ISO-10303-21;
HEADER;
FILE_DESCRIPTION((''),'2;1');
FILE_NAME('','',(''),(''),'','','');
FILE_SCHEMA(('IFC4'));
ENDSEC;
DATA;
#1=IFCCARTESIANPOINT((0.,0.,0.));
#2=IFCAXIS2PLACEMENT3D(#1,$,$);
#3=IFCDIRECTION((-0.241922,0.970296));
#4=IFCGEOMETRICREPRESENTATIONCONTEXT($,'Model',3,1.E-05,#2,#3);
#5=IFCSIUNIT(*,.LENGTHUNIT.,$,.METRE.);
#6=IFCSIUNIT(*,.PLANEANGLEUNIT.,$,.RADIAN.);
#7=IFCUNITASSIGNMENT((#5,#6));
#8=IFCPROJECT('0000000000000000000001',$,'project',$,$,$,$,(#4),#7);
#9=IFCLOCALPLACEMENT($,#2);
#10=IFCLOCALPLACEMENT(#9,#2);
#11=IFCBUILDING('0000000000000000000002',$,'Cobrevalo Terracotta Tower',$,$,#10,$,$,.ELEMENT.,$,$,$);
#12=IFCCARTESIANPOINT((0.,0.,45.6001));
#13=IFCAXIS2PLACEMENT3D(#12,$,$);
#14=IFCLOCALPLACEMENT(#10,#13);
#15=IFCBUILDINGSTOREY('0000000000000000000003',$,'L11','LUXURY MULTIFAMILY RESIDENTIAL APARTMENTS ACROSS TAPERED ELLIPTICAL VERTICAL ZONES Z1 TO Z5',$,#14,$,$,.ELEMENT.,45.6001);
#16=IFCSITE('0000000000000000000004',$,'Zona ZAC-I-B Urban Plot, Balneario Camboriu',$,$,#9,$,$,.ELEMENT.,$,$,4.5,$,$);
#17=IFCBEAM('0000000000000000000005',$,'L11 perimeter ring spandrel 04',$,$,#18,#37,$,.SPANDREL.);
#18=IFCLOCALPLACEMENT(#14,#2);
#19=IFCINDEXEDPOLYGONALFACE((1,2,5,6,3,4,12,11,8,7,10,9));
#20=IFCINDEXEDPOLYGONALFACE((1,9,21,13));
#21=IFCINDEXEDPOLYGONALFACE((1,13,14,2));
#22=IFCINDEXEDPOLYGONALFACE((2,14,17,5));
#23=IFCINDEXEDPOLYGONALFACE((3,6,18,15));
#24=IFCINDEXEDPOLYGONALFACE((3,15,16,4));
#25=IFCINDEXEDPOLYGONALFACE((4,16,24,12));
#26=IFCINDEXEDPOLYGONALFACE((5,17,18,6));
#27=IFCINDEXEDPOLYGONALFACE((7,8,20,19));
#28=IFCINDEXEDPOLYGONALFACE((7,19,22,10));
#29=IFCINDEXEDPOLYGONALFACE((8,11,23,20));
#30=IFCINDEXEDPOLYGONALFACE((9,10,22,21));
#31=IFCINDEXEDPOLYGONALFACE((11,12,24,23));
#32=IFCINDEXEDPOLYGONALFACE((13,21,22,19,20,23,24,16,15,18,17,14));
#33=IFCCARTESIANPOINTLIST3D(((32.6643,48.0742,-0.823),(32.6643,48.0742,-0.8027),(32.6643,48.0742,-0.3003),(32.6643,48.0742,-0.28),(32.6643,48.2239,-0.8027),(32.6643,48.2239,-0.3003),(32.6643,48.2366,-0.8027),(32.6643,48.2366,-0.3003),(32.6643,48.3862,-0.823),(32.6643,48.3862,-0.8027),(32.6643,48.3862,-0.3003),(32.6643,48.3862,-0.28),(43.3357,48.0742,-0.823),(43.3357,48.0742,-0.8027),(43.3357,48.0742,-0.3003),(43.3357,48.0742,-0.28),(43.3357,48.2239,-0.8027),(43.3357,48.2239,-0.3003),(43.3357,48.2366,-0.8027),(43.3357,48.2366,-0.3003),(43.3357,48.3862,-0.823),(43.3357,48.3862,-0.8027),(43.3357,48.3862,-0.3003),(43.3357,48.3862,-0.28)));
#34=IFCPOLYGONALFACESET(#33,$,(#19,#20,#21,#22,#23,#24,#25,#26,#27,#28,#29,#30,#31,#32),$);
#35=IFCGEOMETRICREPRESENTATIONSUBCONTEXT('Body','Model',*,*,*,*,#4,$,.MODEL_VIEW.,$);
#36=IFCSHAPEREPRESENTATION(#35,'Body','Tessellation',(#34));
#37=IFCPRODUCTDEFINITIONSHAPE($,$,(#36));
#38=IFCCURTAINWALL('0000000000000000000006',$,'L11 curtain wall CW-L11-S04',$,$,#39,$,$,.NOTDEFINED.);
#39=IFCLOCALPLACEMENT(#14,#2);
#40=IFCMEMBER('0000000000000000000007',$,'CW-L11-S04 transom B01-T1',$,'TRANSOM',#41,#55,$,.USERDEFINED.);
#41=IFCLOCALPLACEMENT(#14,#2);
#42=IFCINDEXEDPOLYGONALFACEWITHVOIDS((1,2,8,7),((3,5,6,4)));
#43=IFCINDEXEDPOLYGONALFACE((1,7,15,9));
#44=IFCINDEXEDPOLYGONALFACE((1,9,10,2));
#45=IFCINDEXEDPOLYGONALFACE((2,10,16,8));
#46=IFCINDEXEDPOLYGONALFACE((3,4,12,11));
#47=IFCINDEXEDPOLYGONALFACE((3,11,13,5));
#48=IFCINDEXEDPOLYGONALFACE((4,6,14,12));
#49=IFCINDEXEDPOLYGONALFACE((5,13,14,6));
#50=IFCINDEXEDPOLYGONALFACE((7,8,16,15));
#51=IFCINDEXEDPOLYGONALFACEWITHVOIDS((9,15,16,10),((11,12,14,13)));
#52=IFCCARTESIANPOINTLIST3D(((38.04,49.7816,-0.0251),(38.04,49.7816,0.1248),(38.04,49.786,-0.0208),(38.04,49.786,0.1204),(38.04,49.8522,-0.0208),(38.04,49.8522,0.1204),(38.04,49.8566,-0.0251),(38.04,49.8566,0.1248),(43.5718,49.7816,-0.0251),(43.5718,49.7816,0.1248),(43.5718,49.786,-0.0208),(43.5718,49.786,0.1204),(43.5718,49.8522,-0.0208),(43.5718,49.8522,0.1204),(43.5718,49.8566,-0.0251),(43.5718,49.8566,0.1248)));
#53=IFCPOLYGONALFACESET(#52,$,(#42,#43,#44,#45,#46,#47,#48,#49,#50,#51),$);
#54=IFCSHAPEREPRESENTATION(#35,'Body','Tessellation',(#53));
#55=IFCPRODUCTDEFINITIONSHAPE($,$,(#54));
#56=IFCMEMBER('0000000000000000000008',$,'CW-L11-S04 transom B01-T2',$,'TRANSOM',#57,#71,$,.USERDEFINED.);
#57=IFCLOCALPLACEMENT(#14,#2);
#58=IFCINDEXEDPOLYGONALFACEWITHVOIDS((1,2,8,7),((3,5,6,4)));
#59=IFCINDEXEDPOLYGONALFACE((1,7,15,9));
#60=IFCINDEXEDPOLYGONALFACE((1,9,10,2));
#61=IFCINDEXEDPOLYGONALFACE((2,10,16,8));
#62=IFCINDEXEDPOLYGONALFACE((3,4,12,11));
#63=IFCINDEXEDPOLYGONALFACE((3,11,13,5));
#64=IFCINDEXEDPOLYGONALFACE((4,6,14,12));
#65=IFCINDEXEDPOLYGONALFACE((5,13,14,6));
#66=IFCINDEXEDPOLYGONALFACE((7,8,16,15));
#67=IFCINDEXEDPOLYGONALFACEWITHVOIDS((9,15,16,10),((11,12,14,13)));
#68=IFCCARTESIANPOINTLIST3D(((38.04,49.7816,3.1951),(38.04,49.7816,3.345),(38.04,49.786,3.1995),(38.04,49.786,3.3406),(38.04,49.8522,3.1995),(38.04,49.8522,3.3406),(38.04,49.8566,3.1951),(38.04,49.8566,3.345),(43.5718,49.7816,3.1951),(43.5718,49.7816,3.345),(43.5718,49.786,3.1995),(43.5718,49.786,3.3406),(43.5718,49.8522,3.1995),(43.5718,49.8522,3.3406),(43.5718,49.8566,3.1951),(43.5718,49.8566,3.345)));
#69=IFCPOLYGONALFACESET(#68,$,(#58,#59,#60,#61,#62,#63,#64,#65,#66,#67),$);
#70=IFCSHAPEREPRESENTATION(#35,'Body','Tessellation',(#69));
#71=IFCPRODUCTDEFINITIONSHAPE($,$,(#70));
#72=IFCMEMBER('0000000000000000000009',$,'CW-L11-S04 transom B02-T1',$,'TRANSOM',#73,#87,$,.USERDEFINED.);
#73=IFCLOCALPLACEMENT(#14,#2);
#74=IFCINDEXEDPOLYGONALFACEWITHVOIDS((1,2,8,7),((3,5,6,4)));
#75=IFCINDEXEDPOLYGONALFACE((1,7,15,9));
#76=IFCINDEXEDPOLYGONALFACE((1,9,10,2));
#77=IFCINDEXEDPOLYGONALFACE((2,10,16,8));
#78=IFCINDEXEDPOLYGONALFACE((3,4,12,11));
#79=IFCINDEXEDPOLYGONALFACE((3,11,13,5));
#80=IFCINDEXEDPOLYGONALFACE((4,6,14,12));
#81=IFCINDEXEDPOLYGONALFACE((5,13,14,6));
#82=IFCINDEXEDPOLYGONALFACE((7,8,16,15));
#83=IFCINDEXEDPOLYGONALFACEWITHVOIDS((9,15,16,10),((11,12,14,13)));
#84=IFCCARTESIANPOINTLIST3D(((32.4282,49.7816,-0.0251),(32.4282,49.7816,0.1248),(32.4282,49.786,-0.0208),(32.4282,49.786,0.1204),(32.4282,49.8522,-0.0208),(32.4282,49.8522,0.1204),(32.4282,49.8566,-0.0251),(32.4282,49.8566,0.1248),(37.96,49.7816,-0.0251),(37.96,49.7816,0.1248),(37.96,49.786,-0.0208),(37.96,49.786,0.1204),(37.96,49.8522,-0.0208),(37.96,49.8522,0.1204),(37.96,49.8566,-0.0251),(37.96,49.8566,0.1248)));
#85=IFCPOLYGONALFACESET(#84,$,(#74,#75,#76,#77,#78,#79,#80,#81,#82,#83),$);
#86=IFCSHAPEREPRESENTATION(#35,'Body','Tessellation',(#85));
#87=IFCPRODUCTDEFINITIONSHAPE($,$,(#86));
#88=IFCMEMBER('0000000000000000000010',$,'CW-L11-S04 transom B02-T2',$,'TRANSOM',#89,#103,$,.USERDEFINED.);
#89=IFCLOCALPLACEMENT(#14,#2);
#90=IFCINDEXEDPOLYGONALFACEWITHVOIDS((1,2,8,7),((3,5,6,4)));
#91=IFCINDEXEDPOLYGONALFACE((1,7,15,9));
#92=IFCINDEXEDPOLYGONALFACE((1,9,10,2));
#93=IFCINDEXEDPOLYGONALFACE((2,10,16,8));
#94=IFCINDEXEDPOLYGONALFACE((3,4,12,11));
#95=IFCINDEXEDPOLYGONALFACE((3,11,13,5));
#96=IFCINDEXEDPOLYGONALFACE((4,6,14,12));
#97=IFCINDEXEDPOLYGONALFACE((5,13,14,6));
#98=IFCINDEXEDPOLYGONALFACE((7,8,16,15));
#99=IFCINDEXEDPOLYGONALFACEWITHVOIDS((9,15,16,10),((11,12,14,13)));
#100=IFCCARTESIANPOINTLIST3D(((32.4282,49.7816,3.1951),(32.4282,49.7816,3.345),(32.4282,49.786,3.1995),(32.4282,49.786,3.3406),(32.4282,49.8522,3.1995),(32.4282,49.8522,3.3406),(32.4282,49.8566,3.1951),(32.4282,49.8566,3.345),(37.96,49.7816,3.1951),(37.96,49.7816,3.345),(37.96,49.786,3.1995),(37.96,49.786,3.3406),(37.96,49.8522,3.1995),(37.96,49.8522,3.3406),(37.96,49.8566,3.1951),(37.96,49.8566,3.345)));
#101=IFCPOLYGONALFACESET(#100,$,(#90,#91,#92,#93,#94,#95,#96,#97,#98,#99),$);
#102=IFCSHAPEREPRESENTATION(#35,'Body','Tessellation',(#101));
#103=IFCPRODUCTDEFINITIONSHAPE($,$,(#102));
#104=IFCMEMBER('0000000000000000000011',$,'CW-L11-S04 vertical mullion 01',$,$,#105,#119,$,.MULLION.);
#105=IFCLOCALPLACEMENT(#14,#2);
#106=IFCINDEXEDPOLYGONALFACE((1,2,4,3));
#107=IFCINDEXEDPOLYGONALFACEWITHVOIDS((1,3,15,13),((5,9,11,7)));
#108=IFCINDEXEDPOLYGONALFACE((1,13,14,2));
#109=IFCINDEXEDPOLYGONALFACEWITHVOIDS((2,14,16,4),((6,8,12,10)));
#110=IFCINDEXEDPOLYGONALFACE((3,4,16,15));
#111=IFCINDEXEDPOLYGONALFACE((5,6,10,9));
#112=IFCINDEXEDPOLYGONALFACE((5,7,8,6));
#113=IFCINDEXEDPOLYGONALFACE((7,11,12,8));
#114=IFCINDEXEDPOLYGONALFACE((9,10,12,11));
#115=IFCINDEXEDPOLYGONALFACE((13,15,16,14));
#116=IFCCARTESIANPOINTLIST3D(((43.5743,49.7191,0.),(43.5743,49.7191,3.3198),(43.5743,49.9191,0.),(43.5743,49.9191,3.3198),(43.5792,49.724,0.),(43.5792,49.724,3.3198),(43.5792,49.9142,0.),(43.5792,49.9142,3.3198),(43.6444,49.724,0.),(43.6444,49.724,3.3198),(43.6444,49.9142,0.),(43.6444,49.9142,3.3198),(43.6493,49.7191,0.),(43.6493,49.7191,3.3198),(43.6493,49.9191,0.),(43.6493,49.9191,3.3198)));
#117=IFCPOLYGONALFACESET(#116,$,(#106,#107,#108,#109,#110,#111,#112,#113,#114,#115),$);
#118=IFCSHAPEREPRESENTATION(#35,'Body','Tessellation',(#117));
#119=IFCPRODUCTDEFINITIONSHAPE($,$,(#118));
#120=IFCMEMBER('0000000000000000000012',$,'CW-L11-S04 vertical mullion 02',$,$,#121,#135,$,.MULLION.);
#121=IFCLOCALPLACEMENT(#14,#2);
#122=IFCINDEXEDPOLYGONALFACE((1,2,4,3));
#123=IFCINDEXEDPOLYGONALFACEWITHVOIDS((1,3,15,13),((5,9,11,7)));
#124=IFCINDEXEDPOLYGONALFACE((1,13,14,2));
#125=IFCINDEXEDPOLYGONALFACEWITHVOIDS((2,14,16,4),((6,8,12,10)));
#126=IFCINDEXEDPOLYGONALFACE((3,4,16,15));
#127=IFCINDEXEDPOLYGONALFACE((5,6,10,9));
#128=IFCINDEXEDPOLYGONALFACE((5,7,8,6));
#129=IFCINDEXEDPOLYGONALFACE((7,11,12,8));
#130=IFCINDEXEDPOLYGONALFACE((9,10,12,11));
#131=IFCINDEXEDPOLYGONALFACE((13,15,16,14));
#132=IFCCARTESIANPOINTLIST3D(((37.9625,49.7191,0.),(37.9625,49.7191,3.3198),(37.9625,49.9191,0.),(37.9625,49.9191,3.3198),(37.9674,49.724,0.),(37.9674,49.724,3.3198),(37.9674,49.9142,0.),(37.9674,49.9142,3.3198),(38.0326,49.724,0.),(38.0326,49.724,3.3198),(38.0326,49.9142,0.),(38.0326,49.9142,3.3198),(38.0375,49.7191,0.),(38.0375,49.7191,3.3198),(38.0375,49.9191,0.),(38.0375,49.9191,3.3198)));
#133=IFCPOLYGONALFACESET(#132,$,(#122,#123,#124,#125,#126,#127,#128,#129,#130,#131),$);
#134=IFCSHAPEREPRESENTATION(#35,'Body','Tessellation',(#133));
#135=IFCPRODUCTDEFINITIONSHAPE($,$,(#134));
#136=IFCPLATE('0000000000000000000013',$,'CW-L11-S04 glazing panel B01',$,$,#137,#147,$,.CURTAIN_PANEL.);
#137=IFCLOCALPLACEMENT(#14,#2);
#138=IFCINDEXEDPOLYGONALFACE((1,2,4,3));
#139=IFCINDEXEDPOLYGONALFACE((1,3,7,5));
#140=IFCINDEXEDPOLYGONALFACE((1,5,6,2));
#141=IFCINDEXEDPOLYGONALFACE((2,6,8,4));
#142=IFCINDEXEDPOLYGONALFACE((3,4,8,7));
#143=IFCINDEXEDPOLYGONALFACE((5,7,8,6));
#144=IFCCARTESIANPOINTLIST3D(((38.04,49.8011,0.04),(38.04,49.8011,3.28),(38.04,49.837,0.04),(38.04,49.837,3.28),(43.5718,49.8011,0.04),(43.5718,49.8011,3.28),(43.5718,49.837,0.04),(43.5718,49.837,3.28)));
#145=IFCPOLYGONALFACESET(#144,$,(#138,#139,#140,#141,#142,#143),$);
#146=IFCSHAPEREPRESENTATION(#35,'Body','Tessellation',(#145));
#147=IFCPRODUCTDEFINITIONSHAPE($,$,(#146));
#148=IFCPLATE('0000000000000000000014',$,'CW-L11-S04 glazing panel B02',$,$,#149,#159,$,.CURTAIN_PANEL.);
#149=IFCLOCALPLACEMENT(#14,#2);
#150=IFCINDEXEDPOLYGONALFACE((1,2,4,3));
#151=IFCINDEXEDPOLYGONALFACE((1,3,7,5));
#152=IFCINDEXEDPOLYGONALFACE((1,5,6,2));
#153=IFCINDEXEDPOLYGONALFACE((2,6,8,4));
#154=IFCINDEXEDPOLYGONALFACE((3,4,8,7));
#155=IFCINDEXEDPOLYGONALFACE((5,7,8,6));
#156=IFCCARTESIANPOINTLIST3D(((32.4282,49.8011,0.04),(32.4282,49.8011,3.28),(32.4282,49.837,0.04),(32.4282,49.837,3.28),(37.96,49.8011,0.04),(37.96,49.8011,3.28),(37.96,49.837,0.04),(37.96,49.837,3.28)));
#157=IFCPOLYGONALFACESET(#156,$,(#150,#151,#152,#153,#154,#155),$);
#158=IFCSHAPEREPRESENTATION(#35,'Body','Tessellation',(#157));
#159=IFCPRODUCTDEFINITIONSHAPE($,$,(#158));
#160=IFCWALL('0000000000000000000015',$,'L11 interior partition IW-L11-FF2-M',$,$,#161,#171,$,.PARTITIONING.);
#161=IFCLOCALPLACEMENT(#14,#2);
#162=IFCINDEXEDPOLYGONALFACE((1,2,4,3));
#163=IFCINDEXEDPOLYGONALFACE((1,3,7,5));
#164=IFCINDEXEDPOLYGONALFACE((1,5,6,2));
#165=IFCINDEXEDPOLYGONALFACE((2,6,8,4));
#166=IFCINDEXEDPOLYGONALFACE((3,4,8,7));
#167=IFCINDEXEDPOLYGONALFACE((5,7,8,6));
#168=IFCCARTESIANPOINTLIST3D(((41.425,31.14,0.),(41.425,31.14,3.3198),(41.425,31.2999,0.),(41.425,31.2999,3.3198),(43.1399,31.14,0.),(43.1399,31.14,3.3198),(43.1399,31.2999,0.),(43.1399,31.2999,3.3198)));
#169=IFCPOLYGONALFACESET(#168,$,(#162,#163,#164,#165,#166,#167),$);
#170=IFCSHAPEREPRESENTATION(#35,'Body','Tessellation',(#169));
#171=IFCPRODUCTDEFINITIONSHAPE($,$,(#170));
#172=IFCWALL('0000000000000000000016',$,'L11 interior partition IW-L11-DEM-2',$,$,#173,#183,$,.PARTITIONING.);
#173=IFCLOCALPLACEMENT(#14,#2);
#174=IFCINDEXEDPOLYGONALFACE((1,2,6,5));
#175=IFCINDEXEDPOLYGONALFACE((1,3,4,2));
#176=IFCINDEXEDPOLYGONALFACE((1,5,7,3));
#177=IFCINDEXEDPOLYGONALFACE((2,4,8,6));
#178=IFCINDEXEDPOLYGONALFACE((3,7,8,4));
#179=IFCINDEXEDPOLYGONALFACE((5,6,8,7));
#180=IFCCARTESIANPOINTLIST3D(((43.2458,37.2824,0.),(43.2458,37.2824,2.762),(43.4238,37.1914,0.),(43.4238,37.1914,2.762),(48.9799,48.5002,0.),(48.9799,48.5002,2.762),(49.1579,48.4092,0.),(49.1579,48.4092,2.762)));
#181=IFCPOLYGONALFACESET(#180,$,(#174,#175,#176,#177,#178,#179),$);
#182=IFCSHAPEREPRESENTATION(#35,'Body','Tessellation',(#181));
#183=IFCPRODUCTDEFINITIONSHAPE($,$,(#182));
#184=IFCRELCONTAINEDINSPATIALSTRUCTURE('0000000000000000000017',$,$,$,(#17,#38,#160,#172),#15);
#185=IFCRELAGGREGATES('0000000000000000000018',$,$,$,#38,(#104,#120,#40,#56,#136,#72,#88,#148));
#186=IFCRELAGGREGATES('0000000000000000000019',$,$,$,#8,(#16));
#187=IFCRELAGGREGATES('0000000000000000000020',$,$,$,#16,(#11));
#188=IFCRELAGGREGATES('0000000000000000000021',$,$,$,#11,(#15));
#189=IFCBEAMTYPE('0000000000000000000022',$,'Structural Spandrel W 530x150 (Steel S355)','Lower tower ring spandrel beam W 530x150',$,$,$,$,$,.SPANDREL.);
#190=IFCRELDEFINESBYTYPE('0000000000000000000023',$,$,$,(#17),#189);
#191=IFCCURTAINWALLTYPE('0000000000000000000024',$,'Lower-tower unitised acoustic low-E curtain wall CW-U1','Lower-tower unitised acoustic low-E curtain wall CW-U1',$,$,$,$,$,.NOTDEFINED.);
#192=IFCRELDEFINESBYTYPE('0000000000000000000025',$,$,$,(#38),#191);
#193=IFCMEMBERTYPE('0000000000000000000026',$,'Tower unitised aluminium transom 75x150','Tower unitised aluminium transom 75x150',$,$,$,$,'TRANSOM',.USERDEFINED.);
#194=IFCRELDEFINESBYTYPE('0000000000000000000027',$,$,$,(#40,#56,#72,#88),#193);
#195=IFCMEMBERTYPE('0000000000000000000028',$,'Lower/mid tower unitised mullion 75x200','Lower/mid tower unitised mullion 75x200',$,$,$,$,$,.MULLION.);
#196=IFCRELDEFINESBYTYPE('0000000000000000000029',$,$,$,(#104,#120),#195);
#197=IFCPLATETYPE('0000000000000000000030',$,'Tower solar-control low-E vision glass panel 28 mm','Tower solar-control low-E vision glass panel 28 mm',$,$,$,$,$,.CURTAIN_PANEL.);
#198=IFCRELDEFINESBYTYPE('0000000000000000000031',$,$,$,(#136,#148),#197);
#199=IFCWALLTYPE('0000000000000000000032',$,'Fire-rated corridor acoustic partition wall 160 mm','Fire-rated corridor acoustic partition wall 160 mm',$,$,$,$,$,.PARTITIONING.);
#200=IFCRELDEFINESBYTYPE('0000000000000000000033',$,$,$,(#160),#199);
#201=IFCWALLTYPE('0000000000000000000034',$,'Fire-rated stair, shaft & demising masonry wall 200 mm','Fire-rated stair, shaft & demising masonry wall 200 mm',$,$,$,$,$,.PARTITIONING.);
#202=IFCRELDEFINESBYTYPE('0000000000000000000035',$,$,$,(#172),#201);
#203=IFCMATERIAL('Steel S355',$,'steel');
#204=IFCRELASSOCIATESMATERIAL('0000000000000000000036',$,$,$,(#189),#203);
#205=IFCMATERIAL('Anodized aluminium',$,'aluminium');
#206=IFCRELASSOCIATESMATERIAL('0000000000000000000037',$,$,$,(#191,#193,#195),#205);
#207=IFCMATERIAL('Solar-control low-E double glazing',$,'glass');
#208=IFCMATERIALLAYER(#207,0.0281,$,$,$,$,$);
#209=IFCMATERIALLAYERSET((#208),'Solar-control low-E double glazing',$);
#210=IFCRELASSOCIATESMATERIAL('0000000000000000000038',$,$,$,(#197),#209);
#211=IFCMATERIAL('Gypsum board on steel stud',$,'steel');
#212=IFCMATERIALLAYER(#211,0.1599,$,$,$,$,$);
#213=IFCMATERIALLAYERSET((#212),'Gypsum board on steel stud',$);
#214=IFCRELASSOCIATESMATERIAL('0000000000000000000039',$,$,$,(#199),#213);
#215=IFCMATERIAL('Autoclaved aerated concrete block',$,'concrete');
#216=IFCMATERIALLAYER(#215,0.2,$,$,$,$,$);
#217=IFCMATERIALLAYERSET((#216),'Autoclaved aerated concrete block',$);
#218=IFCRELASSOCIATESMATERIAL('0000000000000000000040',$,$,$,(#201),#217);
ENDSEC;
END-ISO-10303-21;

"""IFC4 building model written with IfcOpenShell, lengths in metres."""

from ifc_helpers import new_model, si_unit, direction, frame, frame_2d, origin, origin_2d, place, context, subcontext, project, spatial, rectangle, hollow_rectangle, i_section, extrude, source, transform, mapped, material, layer, layer_set, material_profile, profile_set, type_object, element, aggregate, save


model = new_model("IFC4")

# Units and contexts
model_context = context("Model", 3, precision=1e-05, world=origin(), true_north=direction((-0.241922, 0.970296)))
body_context = subcontext(model_context, "Body", "Model", "MODEL_VIEW")
ifc_project = project(units=[si_unit("LENGTHUNIT", "METRE"), si_unit("PLANEANGLEUNIT", "RADIAN")], contexts=[model_context])

# Site, building, storey
site_placement = place(None, origin())
site = spatial("IfcSite", under=ifc_project, at=site_placement, Name="Zona ZAC-I-B Urban Plot, Balneario Camboriu", CompositionType="ELEMENT", RefElevation=4.5)
building_placement = place(site_placement, origin())
building = spatial("IfcBuilding", under=site, at=building_placement, Name="Cobrevalo Terracotta Tower", CompositionType="ELEMENT")
storey_placement = place(building_placement, frame((0.0, 0.0, 45.6001)))
storey = spatial("IfcBuildingStorey", under=building, at=storey_placement, Name="L11", Description="LUXURY MULTIFAMILY RESIDENTIAL APARTMENTS ACROSS TAPERED ELLIPTICAL VERTICAL ZONES Z1 TO Z5", CompositionType="ELEMENT", Elevation=45.6001)

# Shared definitions
ifc_material_1 = material(Name="Steel S355", Category="steel")

# Beam
ifc_material_profile_1 = material_profile(ifc_material_1, i_section(OverallWidth=0.312, OverallDepth=0.543, WebThickness=0.0127, FlangeThickness=0.0203, at=origin_2d()), Name="W 530x150")
ifc_profile_set_1 = profile_set([ifc_material_profile_1], Name="Steel S355")
beam_type_1 = type_object("IfcBeamType", Name="Structural Spandrel W 530x150 (Steel S355)", Description="Lower tower ring spandrel beam W 530x150", PredefinedType="SPANDREL", material=ifc_profile_set_1)
beam_1_placement = place(storey_placement, frame((43.3357, 48.2302, -0.5515), z_axis=(-1.0, 0.0, 0.0), x_axis=(0.0, -1.0, 0.0)))
element("IfcBeam", 1, at=beam_1_placement, inside=storey, type_object=beam_type_1, Name="L11 perimeter ring spandrel 04", PredefinedType="SPANDREL", context=body_context, shape_type="SweptSolid", body=[
    extrude(i_section(OverallWidth=0.312, OverallDepth=0.543, WebThickness=0.0127, FlangeThickness=0.0203, at=origin_2d()), origin(), (0.0, 0.0, 1.0), 10.6714),
])

# Curtain wall, members, plates
ifc_material_2 = material(Name="Anodized aluminium", Category="aluminium")
curtain_wall_type = type_object("IfcCurtainWallType", Name="Lower-tower unitised acoustic low-E curtain wall CW-U1", Description="Lower-tower unitised acoustic low-E curtain wall CW-U1", PredefinedType="NOTDEFINED", material=ifc_material_2)
curtain_wall_placement = place(storey_placement, origin())
curtain_wall = element("IfcCurtainWall", 2, at=curtain_wall_placement, inside=storey, type_object=curtain_wall_type, Name="L11 curtain wall CW-L11-S04", PredefinedType="NOTDEFINED")
ifc_material_profile_2 = material_profile(ifc_material_2, hollow_rectangle(XDim=0.075, YDim=0.1499, WallThickness=0.0044, at=origin_2d()), Name="CWT 75x150")
ifc_profile_set_2 = profile_set([ifc_material_profile_2], Name="Anodized aluminium")
member_type_1 = type_object("IfcMemberType", Name="Tower unitised aluminium transom 75x150", Description="Tower unitised aluminium transom 75x150", ElementType="TRANSOM", PredefinedType="USERDEFINED", material=ifc_profile_set_2)
shared_shape_1 = source(origin(), body_context, "Body", "SweptSolid", [
    extrude(hollow_rectangle(XDim=0.075, YDim=0.1499, WallThickness=0.0044, at=origin_2d()), origin(), (0.0, 0.0, 1.0), 5.5317),
])
member_1_placement = place(storey_placement, frame((43.5718, 49.8191, 0.0498), z_axis=(-1.0, 0.0, 0.0), x_axis=(0.0, -1.0, 0.0)))
member_1 = element("IfcMember", 3, at=member_1_placement, type_object=member_type_1, Name="CW-L11-S04 transom B01-T1", ObjectType="TRANSOM", PredefinedType="USERDEFINED", context=body_context, shape_type="MappedRepresentation", body=[
    mapped(shared_shape_1, transform((0.0, 0.0, 0.0), scale=1.0)),
])
member_2_placement = place(storey_placement, frame((43.5718, 49.8191, 3.27), z_axis=(-1.0, 0.0, 0.0), x_axis=(0.0, -1.0, 0.0)))
member_2 = element("IfcMember", 4, at=member_2_placement, type_object=member_type_1, Name="CW-L11-S04 transom B01-T2", ObjectType="TRANSOM", PredefinedType="USERDEFINED", context=body_context, shape_type="MappedRepresentation", body=[
    mapped(shared_shape_1, transform((0.0, 0.0, 0.0), scale=1.0)),
])
member_3_placement = place(storey_placement, frame((37.96, 49.8191, 0.0498), z_axis=(-1.0, 0.0, 0.0), x_axis=(0.0, -1.0, 0.0)))
member_3 = element("IfcMember", 5, at=member_3_placement, type_object=member_type_1, Name="CW-L11-S04 transom B02-T1", ObjectType="TRANSOM", PredefinedType="USERDEFINED", context=body_context, shape_type="MappedRepresentation", body=[
    mapped(shared_shape_1, transform((0.0, 0.0, 0.0), scale=1.0)),
])
member_4_placement = place(storey_placement, frame((37.96, 49.8191, 3.27), z_axis=(-1.0, 0.0, 0.0), x_axis=(0.0, -1.0, 0.0)))
member_4 = element("IfcMember", 6, at=member_4_placement, type_object=member_type_1, Name="CW-L11-S04 transom B02-T2", ObjectType="TRANSOM", PredefinedType="USERDEFINED", context=body_context, shape_type="MappedRepresentation", body=[
    mapped(shared_shape_1, transform((0.0, 0.0, 0.0), scale=1.0)),
])
ifc_material_profile_3 = material_profile(ifc_material_2, hollow_rectangle(XDim=0.075, YDim=0.2, WallThickness=0.0049, at=origin_2d()), Name="CWM 75x200")
ifc_profile_set_3 = profile_set([ifc_material_profile_3], Name="Anodized aluminium")
member_type_2 = type_object("IfcMemberType", Name="Lower/mid tower unitised mullion 75x200", Description="Lower/mid tower unitised mullion 75x200", PredefinedType="MULLION", material=ifc_profile_set_3)
shared_shape_2 = source(origin(), body_context, "Body", "SweptSolid", [
    extrude(hollow_rectangle(XDim=0.075, YDim=0.2, WallThickness=0.0049, at=origin_2d()), origin(), (0.0, 0.0, 1.0), 3.3198),
])
member_5_placement = place(storey_placement, frame((43.6118, 49.8191, 0.0), z_axis=(0.0, 0.0, 1.0), x_axis=(-1.0, 0.0, 0.0)))
member_5 = element("IfcMember", 7, at=member_5_placement, type_object=member_type_2, Name="CW-L11-S04 vertical mullion 01", PredefinedType="MULLION", context=body_context, shape_type="MappedRepresentation", body=[
    mapped(shared_shape_2, transform((0.0, 0.0, 0.0), scale=1.0)),
])
member_6_placement = place(storey_placement, frame((38.0, 49.8191, 0.0), z_axis=(0.0, 0.0, 1.0), x_axis=(-1.0, 0.0, 0.0)))
member_6 = element("IfcMember", 8, at=member_6_placement, type_object=member_type_2, Name="CW-L11-S04 vertical mullion 02", PredefinedType="MULLION", context=body_context, shape_type="MappedRepresentation", body=[
    mapped(shared_shape_2, transform((0.0, 0.0, 0.0), scale=1.0)),
])
ifc_material_3 = material(Name="Solar-control low-E double glazing", Category="glass")
ifc_layer_1 = layer(ifc_material_3, 0.0281)
ifc_layer_set_1 = layer_set([ifc_layer_1], Name="Solar-control low-E double glazing")
plate_type = type_object("IfcPlateType", Name="Tower solar-control low-E vision glass panel 28 mm", Description="Tower solar-control low-E vision glass panel 28 mm", PredefinedType="CURTAIN_PANEL", material=ifc_layer_set_1)
shared_shape_3 = source(origin(), body_context, "Body", "SweptSolid", [
    extrude(rectangle(XDim=5.5317, YDim=0.0359, at=origin_2d()), origin(), (0.0, 0.0, 1.0), 3.24),
])
plate_1_placement = place(storey_placement, frame((40.8059, 49.8191, 0.04), z_axis=(0.0, 0.0, 1.0), x_axis=(-1.0, 0.0, 0.0)))
plate_1 = element("IfcPlate", 9, at=plate_1_placement, type_object=plate_type, Name="CW-L11-S04 glazing panel B01", PredefinedType="CURTAIN_PANEL", context=body_context, shape_type="MappedRepresentation", body=[
    mapped(shared_shape_3, transform((0.0, 0.0, 0.0), scale=1.0)),
])
plate_2_placement = place(storey_placement, frame((35.1941, 49.8191, 0.04), z_axis=(0.0, 0.0, 1.0), x_axis=(-1.0, 0.0, 0.0)))
plate_2 = element("IfcPlate", 10, at=plate_2_placement, type_object=plate_type, Name="CW-L11-S04 glazing panel B02", PredefinedType="CURTAIN_PANEL", context=body_context, shape_type="MappedRepresentation", body=[
    mapped(shared_shape_3, transform((0.0, 0.0, 0.0), scale=1.0)),
])
aggregate(curtain_wall, [member_5, member_6, member_1, member_2, plate_1, member_3, member_4, plate_2])

# Walls
ifc_material_4 = material(Name="Gypsum board on steel stud", Category="steel")
ifc_layer_2 = layer(ifc_material_4, 0.1599)
ifc_layer_set_2 = layer_set([ifc_layer_2], Name="Gypsum board on steel stud")
wall_type_1 = type_object("IfcWallType", Name="Fire-rated corridor acoustic partition wall 160 mm", Description="Fire-rated corridor acoustic partition wall 160 mm", PredefinedType="PARTITIONING", material=ifc_layer_set_2)
wall_1_placement = place(storey_placement, frame((41.425, 31.22, 0.0), z_axis=(0.0, 0.0, 1.0), x_axis=(1.0, 0.0, 0.0)))
element("IfcWall", 11, at=wall_1_placement, inside=storey, type_object=wall_type_1, Name="L11 interior partition IW-L11-FF2-M", PredefinedType="PARTITIONING", context=body_context, shape_type="SweptSolid", body=[
    extrude(rectangle(XDim=1.7148, YDim=0.1599, at=frame_2d((0.8574, 0.0))), origin(), (0.0, 0.0, 1.0), 3.3198),
])
ifc_material_5 = material(Name="Autoclaved aerated concrete block", Category="concrete")
ifc_layer_3 = layer(ifc_material_5, 0.2)
ifc_layer_set_3 = layer_set([ifc_layer_3], Name="Autoclaved aerated concrete block")
wall_type_2 = type_object("IfcWallType", Name="Fire-rated stair, shaft & demising masonry wall 200 mm", Description="Fire-rated stair, shaft & demising masonry wall 200 mm", PredefinedType="PARTITIONING", material=ifc_layer_set_3)
wall_2_placement = place(storey_placement, frame((43.3347, 37.2368, 0.0), z_axis=(0.0, 0.0, 1.0), x_axis=(0.455149, 0.890415, 0.0)))
element("IfcWall", 12, at=wall_2_placement, inside=storey, type_object=wall_type_2, Name="L11 interior partition IW-L11-DEM-2", PredefinedType="PARTITIONING", context=body_context, shape_type="SweptSolid", body=[
    extrude(rectangle(XDim=12.5984, YDim=0.2, at=frame_2d((6.2993, 0.0))), origin(), (0.0, 0.0, 1.0), 2.762),
])

save(model, "model.ifc")
